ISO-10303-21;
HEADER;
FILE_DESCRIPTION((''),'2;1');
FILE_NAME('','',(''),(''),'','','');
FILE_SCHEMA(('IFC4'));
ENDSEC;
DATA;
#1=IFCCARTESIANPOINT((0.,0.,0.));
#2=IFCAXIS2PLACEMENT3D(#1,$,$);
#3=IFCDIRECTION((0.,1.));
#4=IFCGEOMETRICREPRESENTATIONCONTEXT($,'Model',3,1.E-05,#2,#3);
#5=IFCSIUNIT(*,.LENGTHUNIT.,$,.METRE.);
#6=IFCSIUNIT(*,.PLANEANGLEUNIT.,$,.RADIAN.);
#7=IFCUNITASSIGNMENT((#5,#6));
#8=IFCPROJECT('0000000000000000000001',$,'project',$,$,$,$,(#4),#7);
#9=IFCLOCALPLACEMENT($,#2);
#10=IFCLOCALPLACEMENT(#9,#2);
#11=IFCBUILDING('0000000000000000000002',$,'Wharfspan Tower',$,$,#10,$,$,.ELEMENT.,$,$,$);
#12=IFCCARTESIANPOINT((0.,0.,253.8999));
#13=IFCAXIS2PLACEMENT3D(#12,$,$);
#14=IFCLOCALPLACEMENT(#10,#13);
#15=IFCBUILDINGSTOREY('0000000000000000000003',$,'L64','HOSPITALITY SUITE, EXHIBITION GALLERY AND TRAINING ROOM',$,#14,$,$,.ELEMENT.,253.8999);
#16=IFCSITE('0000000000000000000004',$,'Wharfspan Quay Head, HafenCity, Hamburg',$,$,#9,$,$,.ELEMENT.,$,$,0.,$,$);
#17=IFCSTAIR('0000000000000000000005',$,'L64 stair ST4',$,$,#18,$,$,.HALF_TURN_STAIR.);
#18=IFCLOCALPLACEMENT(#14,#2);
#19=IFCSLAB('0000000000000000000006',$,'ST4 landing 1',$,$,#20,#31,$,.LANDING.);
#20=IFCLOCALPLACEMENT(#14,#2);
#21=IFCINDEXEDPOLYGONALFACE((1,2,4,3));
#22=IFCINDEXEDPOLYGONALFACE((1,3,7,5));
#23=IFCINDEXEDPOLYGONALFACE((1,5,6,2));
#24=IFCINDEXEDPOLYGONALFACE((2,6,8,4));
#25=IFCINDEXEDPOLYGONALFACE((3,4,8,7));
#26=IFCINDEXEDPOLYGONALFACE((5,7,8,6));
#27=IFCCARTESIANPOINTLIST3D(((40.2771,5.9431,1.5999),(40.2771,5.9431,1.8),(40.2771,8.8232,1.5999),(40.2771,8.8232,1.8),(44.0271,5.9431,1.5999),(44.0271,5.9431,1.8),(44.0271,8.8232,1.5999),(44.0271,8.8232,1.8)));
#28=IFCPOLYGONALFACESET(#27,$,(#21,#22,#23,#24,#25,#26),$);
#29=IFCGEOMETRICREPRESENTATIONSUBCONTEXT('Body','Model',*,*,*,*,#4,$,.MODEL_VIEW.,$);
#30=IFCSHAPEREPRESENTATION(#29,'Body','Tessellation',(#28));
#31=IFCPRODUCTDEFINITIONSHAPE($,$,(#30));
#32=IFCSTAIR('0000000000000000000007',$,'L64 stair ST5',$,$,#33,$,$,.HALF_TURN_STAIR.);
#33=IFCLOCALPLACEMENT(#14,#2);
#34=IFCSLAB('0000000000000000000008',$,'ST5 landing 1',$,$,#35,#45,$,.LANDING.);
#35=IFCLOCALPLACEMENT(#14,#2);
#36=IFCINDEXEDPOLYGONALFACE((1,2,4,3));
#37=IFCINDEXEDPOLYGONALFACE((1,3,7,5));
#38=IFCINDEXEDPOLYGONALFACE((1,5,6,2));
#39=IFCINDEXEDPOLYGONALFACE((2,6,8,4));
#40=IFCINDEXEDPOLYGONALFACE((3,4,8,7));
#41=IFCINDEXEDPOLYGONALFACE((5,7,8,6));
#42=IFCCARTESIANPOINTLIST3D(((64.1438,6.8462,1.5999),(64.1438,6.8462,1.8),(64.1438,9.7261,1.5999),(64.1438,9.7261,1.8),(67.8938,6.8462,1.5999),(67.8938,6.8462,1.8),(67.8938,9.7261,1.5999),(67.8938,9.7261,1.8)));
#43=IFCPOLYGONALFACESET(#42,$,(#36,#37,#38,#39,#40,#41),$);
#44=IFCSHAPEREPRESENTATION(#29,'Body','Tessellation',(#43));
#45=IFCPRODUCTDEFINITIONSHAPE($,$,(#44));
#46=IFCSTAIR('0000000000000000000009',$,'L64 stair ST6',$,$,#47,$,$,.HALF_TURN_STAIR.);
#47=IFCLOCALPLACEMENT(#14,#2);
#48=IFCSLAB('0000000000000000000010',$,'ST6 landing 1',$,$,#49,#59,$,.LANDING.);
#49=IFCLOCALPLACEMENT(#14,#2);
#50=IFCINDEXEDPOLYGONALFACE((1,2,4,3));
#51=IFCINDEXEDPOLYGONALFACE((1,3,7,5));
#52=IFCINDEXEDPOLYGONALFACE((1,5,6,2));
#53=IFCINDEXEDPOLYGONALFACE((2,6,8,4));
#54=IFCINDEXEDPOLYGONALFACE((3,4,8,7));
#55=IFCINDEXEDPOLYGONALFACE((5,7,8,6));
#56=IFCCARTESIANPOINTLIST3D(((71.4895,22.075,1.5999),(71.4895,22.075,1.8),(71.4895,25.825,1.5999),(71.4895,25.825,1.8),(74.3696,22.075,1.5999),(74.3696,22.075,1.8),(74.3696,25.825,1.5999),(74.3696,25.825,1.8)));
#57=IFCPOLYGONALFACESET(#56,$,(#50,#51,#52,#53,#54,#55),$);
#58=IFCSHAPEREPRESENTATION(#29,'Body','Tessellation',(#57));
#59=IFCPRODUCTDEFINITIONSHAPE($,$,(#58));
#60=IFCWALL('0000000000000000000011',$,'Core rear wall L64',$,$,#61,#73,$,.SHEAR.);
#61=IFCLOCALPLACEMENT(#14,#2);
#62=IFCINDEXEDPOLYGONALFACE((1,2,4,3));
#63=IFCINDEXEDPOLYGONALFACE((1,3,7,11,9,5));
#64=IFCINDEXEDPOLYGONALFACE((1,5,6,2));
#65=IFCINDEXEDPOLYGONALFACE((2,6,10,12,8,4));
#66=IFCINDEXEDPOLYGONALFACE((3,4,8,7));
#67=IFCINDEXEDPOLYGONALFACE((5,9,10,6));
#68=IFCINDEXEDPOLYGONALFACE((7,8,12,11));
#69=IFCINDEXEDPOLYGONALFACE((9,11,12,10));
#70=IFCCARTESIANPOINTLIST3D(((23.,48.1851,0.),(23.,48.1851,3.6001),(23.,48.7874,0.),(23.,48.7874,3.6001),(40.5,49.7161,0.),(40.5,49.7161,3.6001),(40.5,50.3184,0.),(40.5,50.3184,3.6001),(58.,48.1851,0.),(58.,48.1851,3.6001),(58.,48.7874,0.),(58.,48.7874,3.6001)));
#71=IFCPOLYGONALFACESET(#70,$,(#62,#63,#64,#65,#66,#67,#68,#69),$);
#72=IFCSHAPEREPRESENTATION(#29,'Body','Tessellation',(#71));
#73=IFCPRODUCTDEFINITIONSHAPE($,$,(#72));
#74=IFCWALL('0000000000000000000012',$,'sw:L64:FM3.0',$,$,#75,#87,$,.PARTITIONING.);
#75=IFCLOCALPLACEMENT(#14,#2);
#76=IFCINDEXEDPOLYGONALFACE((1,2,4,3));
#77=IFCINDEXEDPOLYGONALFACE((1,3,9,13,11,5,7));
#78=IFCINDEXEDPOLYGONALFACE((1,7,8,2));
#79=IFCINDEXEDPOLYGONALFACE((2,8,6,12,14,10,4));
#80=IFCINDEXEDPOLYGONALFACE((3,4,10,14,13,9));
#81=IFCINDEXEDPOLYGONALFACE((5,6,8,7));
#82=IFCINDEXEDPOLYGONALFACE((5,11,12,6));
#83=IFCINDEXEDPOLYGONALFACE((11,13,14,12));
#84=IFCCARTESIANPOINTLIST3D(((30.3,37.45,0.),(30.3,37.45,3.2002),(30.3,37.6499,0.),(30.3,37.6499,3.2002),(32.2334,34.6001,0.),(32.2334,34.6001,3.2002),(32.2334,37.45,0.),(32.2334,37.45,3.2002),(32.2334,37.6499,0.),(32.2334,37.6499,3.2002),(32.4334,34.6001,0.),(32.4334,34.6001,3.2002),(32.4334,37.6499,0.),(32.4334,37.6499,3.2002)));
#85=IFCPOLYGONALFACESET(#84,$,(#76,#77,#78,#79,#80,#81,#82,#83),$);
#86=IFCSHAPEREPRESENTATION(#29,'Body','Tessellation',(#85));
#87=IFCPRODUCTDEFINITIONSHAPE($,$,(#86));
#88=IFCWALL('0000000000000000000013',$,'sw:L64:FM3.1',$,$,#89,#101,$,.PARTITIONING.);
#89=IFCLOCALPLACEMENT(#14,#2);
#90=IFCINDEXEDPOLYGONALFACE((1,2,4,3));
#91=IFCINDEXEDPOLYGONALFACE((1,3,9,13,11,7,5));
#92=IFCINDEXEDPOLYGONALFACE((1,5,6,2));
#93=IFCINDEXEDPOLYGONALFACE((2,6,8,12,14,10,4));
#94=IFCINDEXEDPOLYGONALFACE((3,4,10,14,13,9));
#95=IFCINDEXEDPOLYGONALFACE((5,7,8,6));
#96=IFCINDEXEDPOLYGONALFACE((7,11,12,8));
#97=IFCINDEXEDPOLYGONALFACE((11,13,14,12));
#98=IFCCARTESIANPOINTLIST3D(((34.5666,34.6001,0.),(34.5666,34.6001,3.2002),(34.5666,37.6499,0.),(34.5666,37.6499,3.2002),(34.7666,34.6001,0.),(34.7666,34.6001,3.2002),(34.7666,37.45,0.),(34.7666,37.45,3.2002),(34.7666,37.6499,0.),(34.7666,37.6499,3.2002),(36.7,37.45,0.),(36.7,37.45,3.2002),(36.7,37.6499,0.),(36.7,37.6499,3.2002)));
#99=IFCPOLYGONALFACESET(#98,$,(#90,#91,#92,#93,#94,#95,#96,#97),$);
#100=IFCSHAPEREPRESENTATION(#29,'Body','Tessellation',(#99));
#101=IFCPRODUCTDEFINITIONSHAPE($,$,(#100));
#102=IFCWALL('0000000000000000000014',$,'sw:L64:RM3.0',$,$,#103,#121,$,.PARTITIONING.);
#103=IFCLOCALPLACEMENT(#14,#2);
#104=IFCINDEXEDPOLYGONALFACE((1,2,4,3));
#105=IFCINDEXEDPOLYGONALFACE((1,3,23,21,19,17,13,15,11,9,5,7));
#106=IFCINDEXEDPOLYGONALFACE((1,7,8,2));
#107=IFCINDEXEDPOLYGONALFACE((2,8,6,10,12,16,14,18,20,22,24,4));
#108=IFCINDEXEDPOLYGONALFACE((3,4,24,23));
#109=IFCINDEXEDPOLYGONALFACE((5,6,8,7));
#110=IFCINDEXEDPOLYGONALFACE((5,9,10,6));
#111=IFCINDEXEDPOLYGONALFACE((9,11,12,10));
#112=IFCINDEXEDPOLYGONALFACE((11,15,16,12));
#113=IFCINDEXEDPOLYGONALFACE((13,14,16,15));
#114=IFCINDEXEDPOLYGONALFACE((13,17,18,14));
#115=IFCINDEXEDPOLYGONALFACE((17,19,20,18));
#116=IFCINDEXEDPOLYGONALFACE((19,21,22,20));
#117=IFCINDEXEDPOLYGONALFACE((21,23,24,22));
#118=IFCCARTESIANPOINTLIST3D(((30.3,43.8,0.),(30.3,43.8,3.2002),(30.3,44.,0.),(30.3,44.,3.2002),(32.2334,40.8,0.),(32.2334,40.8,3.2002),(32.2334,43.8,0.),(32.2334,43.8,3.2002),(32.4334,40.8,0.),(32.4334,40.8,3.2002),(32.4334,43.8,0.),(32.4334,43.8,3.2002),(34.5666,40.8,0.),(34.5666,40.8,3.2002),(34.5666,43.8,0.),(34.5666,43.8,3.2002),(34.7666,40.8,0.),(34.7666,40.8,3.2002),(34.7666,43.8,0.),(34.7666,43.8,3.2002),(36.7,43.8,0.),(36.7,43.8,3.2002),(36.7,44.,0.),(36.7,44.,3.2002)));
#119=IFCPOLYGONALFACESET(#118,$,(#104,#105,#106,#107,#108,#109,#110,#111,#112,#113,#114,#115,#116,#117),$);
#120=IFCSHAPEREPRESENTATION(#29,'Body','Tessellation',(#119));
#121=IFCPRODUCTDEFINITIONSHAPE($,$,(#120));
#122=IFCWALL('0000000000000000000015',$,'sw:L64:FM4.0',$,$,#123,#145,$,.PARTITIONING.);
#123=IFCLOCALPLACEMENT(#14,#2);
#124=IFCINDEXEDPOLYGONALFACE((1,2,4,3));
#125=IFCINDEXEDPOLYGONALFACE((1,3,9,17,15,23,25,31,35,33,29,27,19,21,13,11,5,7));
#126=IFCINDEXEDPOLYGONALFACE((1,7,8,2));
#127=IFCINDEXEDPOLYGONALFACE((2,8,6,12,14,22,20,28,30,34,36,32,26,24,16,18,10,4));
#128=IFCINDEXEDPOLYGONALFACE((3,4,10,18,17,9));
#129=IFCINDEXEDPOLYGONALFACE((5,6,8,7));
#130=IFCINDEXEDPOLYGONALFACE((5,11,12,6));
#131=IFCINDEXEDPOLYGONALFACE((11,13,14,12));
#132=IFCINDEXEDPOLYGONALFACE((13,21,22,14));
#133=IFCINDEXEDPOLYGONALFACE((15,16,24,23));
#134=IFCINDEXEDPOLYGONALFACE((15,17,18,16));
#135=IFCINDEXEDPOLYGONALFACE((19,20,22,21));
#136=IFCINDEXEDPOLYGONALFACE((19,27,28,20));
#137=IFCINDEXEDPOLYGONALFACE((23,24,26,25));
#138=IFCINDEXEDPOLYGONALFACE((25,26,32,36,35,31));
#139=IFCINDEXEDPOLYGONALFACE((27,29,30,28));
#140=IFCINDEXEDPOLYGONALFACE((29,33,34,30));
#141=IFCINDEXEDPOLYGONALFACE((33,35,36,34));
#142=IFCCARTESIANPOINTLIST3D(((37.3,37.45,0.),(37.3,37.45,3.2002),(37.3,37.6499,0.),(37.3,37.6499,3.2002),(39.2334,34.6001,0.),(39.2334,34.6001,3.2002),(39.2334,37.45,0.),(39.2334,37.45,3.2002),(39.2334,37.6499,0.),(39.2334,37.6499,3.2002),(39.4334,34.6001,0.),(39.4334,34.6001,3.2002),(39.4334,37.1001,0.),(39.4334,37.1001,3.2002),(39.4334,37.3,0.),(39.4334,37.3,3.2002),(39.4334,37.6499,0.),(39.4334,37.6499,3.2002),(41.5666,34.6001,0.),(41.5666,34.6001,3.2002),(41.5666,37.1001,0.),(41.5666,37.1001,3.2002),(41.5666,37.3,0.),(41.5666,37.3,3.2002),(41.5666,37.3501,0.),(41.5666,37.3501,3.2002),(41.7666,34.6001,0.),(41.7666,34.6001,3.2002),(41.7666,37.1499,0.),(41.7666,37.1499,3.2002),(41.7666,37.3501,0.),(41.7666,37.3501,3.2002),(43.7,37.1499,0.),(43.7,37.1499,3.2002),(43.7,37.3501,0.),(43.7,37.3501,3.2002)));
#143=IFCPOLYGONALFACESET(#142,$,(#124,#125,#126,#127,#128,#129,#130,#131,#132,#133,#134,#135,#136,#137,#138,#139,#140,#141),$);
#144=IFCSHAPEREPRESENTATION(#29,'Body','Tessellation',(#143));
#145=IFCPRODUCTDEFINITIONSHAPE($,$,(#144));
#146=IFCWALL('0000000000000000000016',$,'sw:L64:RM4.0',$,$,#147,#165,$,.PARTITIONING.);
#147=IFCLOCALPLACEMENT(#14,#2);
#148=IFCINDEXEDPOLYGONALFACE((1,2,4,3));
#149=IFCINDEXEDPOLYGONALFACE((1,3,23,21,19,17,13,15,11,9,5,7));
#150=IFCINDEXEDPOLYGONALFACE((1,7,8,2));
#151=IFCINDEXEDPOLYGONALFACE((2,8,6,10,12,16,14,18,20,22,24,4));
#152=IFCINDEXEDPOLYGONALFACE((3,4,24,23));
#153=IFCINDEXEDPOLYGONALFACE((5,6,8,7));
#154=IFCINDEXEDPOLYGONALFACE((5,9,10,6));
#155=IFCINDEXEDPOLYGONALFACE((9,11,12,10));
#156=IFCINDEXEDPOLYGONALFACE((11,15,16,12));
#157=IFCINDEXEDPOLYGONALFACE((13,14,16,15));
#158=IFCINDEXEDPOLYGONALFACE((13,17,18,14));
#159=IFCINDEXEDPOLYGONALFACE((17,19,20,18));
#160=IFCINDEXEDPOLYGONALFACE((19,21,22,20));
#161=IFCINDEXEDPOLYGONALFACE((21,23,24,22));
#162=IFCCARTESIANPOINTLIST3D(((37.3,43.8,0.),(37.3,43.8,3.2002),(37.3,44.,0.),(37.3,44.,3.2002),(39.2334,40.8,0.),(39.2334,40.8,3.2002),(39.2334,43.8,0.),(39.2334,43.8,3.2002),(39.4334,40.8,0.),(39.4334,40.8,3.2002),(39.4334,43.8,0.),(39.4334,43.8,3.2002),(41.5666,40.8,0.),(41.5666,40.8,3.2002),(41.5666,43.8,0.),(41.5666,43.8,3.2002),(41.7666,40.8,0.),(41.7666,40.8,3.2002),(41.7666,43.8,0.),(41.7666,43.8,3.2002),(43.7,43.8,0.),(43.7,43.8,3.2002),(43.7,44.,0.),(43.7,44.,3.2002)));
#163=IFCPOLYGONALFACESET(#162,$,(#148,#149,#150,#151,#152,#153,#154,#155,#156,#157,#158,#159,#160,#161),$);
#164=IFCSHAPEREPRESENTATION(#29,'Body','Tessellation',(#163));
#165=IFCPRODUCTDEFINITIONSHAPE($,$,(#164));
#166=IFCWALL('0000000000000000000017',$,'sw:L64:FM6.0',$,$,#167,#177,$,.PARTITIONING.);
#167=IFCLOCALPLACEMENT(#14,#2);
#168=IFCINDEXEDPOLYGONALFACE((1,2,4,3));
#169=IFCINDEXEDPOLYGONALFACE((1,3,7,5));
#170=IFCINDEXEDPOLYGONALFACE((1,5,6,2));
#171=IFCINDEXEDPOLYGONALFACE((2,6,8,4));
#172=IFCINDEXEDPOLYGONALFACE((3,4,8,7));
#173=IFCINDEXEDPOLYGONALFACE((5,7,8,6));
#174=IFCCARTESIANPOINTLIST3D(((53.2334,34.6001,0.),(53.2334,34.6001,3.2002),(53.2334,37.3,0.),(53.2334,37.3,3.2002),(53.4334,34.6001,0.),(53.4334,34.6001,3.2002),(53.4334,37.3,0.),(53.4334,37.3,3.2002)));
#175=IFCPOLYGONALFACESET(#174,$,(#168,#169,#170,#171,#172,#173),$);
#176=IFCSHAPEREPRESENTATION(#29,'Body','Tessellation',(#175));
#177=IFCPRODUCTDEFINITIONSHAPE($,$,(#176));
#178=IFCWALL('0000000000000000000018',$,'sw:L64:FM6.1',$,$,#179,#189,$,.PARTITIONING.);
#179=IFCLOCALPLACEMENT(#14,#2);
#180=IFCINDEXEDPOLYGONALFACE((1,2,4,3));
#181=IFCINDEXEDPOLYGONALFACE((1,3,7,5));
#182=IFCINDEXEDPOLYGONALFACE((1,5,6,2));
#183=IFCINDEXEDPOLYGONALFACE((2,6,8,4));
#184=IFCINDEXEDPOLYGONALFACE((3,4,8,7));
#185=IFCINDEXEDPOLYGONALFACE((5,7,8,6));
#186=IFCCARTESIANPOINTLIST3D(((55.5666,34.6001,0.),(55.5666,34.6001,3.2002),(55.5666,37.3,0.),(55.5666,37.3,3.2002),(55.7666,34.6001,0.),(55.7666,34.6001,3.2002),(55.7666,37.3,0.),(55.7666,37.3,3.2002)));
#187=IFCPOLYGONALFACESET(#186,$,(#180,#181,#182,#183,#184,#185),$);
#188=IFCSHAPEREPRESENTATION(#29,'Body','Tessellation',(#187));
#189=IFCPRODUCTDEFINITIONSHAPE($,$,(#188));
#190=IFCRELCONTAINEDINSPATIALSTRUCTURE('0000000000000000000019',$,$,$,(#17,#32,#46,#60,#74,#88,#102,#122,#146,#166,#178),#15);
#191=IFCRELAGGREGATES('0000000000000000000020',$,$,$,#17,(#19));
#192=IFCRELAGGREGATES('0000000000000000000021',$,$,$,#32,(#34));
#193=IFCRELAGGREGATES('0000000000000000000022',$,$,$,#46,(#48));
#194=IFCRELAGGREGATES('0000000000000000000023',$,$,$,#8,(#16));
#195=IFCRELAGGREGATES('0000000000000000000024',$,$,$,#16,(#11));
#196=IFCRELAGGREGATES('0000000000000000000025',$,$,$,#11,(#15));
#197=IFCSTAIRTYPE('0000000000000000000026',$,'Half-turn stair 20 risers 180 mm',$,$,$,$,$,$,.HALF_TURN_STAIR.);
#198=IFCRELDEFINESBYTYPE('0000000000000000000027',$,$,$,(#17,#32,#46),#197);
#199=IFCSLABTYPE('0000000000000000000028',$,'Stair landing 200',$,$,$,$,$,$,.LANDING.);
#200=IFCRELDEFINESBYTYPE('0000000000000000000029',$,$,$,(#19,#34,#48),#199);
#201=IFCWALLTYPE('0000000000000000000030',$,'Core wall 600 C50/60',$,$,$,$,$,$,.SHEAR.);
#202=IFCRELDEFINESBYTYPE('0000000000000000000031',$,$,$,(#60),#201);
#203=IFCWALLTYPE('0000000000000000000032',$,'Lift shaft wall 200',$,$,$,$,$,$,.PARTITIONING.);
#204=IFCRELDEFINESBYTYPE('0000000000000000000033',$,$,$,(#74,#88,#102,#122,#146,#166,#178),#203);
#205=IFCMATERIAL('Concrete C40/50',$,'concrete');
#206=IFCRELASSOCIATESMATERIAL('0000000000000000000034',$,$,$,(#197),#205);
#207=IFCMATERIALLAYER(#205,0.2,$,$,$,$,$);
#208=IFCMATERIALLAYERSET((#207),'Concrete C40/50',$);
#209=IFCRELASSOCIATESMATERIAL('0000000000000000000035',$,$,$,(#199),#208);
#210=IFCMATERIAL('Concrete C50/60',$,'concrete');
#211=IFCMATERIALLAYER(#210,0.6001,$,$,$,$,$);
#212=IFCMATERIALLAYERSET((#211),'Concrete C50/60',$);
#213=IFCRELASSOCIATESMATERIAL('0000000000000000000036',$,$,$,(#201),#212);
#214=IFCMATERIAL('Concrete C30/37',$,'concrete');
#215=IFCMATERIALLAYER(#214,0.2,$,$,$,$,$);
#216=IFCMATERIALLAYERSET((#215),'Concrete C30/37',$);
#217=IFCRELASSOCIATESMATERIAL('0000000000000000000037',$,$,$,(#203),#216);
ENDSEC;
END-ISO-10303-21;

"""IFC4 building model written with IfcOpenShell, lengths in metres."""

from ifc_helpers import new_model, si_unit, direction, frame, origin, place, context, subcontext, project, spatial, polyline, outline, extrude, material, layer, layer_set, type_object, element, aggregate, save


model = new_model("IFC4")

# Units and contexts
model_context = context("Model", 3, precision=1e-05, world=origin(), true_north=direction((0.0, 1.0)))
body_context = subcontext(model_context, "Body", "Model", "MODEL_VIEW")
ifc_project = project(units=[si_unit("LENGTHUNIT", "METRE"), si_unit("PLANEANGLEUNIT", "RADIAN")], contexts=[model_context])

# Site, building, storey
site_placement = place(None, origin())
site = spatial("IfcSite", under=ifc_project, at=site_placement, Name="Wharfspan Quay Head, HafenCity, Hamburg", CompositionType="ELEMENT", RefElevation=0.0)
building_placement = place(site_placement, origin())
building = spatial("IfcBuilding", under=site, at=building_placement, Name="Wharfspan Tower", CompositionType="ELEMENT")
storey_placement = place(building_placement, frame((0.0, 0.0, 253.8999)))
storey = spatial("IfcBuildingStorey", under=building, at=storey_placement, Name="L64", Description="HOSPITALITY SUITE, EXHIBITION GALLERY AND TRAINING ROOM", CompositionType="ELEMENT", Elevation=253.8999)

# Shared definitions
ifc_material_1 = material(Name="Concrete C40/50", Category="concrete")

# Stairs, slabs
stair_type = type_object("IfcStairType", Name="Half-turn stair 20 risers 180 mm", PredefinedType="HALF_TURN_STAIR", material=ifc_material_1)
ifc_layer_1 = layer(ifc_material_1, 0.2)
ifc_layer_set_1 = layer_set([ifc_layer_1], Name="Concrete C40/50")
slab_type_1 = type_object("IfcSlabType", Name="Stair landing 200", PredefinedType="LANDING", material=ifc_layer_set_1)
stair_1_placement = place(storey_placement, origin())
stair_1 = element("IfcStair", 1, at=stair_1_placement, inside=storey, type_object=stair_type, Name="L64 stair ST4", PredefinedType="HALF_TURN_STAIR")
slab_1_placement = place(storey_placement, frame((0.0, 0.0, 1.5999)))
slab_1 = element("IfcSlab", 2, at=slab_1_placement, type_object=slab_type_1, Name="ST4 landing 1", PredefinedType="LANDING", context=body_context, shape_type="SweptSolid", body=[
    extrude(outline(polyline([(40.2771, 8.8232), (40.2771, 5.9431), (44.0271, 5.9431), (44.0271, 8.8232), (40.2771, 8.8232)])), origin(), (0.0, 0.0, 1.0), 0.2002),
])
aggregate(stair_1, [slab_1])
stair_2_placement = place(storey_placement, origin())
stair_2 = element("IfcStair", 3, at=stair_2_placement, inside=storey, type_object=stair_type, Name="L64 stair ST5", PredefinedType="HALF_TURN_STAIR")
slab_2_placement = place(storey_placement, frame((0.0, 0.0, 1.5999)))
slab_2 = element("IfcSlab", 4, at=slab_2_placement, type_object=slab_type_1, Name="ST5 landing 1", PredefinedType="LANDING", context=body_context, shape_type="SweptSolid", body=[
    extrude(outline(polyline([(64.1438, 9.7261), (64.1438, 6.8462), (67.8938, 6.8462), (67.8938, 9.7261), (64.1438, 9.7261)])), origin(), (0.0, 0.0, 1.0), 0.2002),
])
aggregate(stair_2, [slab_2])
stair_3_placement = place(storey_placement, origin())
stair_3 = element("IfcStair", 5, at=stair_3_placement, inside=storey, type_object=stair_type, Name="L64 stair ST6", PredefinedType="HALF_TURN_STAIR")
slab_3_placement = place(storey_placement, frame((0.0, 0.0, 1.5999)))
slab_3 = element("IfcSlab", 6, at=slab_3_placement, type_object=slab_type_1, Name="ST6 landing 1", PredefinedType="LANDING", context=body_context, shape_type="SweptSolid", body=[
    extrude(outline(polyline([(71.4895, 22.075), (74.3696, 22.075), (74.3696, 25.825), (71.4895, 25.825), (71.4895, 22.075)])), origin(), (0.0, 0.0, 1.0), 0.2002),
])
aggregate(stair_3, [slab_3])

# Walls
ifc_material_2 = material(Name="Concrete C50/60", Category="concrete")
ifc_layer_2 = layer(ifc_material_2, 0.6001)
ifc_layer_set_2 = layer_set([ifc_layer_2], Name="Concrete C50/60")
wall_type_1 = type_object("IfcWallType", Name="Core wall 600 C50/60", PredefinedType="SHEAR", material=ifc_layer_set_2)
wall_1_placement = place(storey_placement, origin())
element("IfcWall", 7, at=wall_1_placement, inside=storey, type_object=wall_type_1, Name="Core rear wall L64", PredefinedType="SHEAR", context=body_context, shape_type="SweptSolid", body=[
    extrude(outline(polyline([(23.0, 48.1851), (40.5, 49.7161), (58.0, 48.1851), (58.0, 48.7874), (40.5, 50.3184), (23.0, 48.7874), (23.0, 48.1851)])), origin(), (0.0, 0.0, 1.0), 3.6001),
])
ifc_material_3 = material(Name="Concrete C30/37", Category="concrete")
ifc_layer_3 = layer(ifc_material_3, 0.2)
ifc_layer_set_3 = layer_set([ifc_layer_3], Name="Concrete C30/37")
wall_type_2 = type_object("IfcWallType", Name="Lift shaft wall 200", PredefinedType="PARTITIONING", material=ifc_layer_set_3)
wall_2_placement = place(storey_placement, origin())
element("IfcWall", 8, at=wall_2_placement, inside=storey, type_object=wall_type_2, Name="sw:L64:FM3.0", PredefinedType="PARTITIONING", context=body_context, shape_type="SweptSolid", body=[
    extrude(outline(polyline([(32.2334, 37.45), (30.3, 37.45), (30.3, 37.6499), (32.2334, 37.6499), (32.4333, 37.6499), (32.4333, 34.6001), (32.2334, 34.6001), (32.2334, 37.45)])), origin(), (0.0, 0.0, 1.0), 3.2002),
])
wall_3_placement = place(storey_placement, origin())
element("IfcWall", 9, at=wall_3_placement, inside=storey, type_object=wall_type_2, Name="sw:L64:FM3.1", PredefinedType="PARTITIONING", context=body_context, shape_type="SweptSolid", body=[
    extrude(outline(polyline([(34.5667, 37.6499), (34.7666, 37.6499), (36.7, 37.6499), (36.7, 37.45), (34.7666, 37.45), (34.7666, 34.6001), (34.5667, 34.6001), (34.5667, 37.6499)])), origin(), (0.0, 0.0, 1.0), 3.2002),
])
wall_4_placement = place(storey_placement, origin())
element("IfcWall", 10, at=wall_4_placement, inside=storey, type_object=wall_type_2, Name="sw:L64:RM3.0", PredefinedType="PARTITIONING", context=body_context, shape_type="SweptSolid", body=[
    extrude(outline(polyline([(32.4333, 40.8), (32.2334, 40.8), (32.2334, 43.8), (30.3, 43.8), (30.3, 44.0), (36.7, 44.0), (36.7, 43.8), (34.7666, 43.8), (34.7666, 40.8), (34.5667, 40.8), (34.5667, 43.8), (32.4333, 43.8), (32.4333, 40.8)])), origin(), (0.0, 0.0, 1.0), 3.2002),
])
wall_5_placement = place(storey_placement, origin())
element("IfcWall", 11, at=wall_5_placement, inside=storey, type_object=wall_type_2, Name="sw:L64:FM4.0", PredefinedType="PARTITIONING", context=body_context, shape_type="SweptSolid", body=[
    extrude(outline(polyline([(41.5667, 37.1001), (39.4333, 37.1001), (39.4333, 34.6001), (39.2334, 34.6001), (39.2334, 37.45), (37.3, 37.45), (37.3, 37.6499), (39.2334, 37.6499), (39.4333, 37.6499), (39.4333, 37.3), (41.5667, 37.3), (41.5667, 37.3501), (41.7666, 37.3501), (43.7, 37.3501), (43.7, 37.1499), (41.7666, 37.1499), (41.7666, 34.6001), (41.5667, 34.6001), (41.5667, 37.1001)])), origin(), (0.0, 0.0, 1.0), 3.2002),
])
wall_6_placement = place(storey_placement, origin())
element("IfcWall", 12, at=wall_6_placement, inside=storey, type_object=wall_type_2, Name="sw:L64:RM4.0", PredefinedType="PARTITIONING", context=body_context, shape_type="SweptSolid", body=[
    extrude(outline(polyline([(39.4333, 40.8), (39.2334, 40.8), (39.2334, 43.8), (37.3, 43.8), (37.3, 44.0), (43.7, 44.0), (43.7, 43.8), (41.7666, 43.8), (41.7666, 40.8), (41.5667, 40.8), (41.5667, 43.8), (39.4333, 43.8), (39.4333, 40.8)])), origin(), (0.0, 0.0, 1.0), 3.2002),
])
wall_7_placement = place(storey_placement, origin())
element("IfcWall", 13, at=wall_7_placement, inside=storey, type_object=wall_type_2, Name="sw:L64:FM6.0", PredefinedType="PARTITIONING", context=body_context, shape_type="SweptSolid", body=[
    extrude(outline(polyline([(53.2334, 34.6001), (53.2334, 37.3), (53.4333, 37.3), (53.4333, 34.6001), (53.2334, 34.6001)])), origin(), (0.0, 0.0, 1.0), 3.2002),
])
wall_8_placement = place(storey_placement, origin())
element("IfcWall", 14, at=wall_8_placement, inside=storey, type_object=wall_type_2, Name="sw:L64:FM6.1", PredefinedType="PARTITIONING", context=body_context, shape_type="SweptSolid", body=[
    extrude(outline(polyline([(55.5667, 34.6001), (55.5667, 37.3), (55.7666, 37.3), (55.7666, 34.6001), (55.5667, 34.6001)])), origin(), (0.0, 0.0, 1.0), 3.2002),
])

save(model, "model.ifc")
